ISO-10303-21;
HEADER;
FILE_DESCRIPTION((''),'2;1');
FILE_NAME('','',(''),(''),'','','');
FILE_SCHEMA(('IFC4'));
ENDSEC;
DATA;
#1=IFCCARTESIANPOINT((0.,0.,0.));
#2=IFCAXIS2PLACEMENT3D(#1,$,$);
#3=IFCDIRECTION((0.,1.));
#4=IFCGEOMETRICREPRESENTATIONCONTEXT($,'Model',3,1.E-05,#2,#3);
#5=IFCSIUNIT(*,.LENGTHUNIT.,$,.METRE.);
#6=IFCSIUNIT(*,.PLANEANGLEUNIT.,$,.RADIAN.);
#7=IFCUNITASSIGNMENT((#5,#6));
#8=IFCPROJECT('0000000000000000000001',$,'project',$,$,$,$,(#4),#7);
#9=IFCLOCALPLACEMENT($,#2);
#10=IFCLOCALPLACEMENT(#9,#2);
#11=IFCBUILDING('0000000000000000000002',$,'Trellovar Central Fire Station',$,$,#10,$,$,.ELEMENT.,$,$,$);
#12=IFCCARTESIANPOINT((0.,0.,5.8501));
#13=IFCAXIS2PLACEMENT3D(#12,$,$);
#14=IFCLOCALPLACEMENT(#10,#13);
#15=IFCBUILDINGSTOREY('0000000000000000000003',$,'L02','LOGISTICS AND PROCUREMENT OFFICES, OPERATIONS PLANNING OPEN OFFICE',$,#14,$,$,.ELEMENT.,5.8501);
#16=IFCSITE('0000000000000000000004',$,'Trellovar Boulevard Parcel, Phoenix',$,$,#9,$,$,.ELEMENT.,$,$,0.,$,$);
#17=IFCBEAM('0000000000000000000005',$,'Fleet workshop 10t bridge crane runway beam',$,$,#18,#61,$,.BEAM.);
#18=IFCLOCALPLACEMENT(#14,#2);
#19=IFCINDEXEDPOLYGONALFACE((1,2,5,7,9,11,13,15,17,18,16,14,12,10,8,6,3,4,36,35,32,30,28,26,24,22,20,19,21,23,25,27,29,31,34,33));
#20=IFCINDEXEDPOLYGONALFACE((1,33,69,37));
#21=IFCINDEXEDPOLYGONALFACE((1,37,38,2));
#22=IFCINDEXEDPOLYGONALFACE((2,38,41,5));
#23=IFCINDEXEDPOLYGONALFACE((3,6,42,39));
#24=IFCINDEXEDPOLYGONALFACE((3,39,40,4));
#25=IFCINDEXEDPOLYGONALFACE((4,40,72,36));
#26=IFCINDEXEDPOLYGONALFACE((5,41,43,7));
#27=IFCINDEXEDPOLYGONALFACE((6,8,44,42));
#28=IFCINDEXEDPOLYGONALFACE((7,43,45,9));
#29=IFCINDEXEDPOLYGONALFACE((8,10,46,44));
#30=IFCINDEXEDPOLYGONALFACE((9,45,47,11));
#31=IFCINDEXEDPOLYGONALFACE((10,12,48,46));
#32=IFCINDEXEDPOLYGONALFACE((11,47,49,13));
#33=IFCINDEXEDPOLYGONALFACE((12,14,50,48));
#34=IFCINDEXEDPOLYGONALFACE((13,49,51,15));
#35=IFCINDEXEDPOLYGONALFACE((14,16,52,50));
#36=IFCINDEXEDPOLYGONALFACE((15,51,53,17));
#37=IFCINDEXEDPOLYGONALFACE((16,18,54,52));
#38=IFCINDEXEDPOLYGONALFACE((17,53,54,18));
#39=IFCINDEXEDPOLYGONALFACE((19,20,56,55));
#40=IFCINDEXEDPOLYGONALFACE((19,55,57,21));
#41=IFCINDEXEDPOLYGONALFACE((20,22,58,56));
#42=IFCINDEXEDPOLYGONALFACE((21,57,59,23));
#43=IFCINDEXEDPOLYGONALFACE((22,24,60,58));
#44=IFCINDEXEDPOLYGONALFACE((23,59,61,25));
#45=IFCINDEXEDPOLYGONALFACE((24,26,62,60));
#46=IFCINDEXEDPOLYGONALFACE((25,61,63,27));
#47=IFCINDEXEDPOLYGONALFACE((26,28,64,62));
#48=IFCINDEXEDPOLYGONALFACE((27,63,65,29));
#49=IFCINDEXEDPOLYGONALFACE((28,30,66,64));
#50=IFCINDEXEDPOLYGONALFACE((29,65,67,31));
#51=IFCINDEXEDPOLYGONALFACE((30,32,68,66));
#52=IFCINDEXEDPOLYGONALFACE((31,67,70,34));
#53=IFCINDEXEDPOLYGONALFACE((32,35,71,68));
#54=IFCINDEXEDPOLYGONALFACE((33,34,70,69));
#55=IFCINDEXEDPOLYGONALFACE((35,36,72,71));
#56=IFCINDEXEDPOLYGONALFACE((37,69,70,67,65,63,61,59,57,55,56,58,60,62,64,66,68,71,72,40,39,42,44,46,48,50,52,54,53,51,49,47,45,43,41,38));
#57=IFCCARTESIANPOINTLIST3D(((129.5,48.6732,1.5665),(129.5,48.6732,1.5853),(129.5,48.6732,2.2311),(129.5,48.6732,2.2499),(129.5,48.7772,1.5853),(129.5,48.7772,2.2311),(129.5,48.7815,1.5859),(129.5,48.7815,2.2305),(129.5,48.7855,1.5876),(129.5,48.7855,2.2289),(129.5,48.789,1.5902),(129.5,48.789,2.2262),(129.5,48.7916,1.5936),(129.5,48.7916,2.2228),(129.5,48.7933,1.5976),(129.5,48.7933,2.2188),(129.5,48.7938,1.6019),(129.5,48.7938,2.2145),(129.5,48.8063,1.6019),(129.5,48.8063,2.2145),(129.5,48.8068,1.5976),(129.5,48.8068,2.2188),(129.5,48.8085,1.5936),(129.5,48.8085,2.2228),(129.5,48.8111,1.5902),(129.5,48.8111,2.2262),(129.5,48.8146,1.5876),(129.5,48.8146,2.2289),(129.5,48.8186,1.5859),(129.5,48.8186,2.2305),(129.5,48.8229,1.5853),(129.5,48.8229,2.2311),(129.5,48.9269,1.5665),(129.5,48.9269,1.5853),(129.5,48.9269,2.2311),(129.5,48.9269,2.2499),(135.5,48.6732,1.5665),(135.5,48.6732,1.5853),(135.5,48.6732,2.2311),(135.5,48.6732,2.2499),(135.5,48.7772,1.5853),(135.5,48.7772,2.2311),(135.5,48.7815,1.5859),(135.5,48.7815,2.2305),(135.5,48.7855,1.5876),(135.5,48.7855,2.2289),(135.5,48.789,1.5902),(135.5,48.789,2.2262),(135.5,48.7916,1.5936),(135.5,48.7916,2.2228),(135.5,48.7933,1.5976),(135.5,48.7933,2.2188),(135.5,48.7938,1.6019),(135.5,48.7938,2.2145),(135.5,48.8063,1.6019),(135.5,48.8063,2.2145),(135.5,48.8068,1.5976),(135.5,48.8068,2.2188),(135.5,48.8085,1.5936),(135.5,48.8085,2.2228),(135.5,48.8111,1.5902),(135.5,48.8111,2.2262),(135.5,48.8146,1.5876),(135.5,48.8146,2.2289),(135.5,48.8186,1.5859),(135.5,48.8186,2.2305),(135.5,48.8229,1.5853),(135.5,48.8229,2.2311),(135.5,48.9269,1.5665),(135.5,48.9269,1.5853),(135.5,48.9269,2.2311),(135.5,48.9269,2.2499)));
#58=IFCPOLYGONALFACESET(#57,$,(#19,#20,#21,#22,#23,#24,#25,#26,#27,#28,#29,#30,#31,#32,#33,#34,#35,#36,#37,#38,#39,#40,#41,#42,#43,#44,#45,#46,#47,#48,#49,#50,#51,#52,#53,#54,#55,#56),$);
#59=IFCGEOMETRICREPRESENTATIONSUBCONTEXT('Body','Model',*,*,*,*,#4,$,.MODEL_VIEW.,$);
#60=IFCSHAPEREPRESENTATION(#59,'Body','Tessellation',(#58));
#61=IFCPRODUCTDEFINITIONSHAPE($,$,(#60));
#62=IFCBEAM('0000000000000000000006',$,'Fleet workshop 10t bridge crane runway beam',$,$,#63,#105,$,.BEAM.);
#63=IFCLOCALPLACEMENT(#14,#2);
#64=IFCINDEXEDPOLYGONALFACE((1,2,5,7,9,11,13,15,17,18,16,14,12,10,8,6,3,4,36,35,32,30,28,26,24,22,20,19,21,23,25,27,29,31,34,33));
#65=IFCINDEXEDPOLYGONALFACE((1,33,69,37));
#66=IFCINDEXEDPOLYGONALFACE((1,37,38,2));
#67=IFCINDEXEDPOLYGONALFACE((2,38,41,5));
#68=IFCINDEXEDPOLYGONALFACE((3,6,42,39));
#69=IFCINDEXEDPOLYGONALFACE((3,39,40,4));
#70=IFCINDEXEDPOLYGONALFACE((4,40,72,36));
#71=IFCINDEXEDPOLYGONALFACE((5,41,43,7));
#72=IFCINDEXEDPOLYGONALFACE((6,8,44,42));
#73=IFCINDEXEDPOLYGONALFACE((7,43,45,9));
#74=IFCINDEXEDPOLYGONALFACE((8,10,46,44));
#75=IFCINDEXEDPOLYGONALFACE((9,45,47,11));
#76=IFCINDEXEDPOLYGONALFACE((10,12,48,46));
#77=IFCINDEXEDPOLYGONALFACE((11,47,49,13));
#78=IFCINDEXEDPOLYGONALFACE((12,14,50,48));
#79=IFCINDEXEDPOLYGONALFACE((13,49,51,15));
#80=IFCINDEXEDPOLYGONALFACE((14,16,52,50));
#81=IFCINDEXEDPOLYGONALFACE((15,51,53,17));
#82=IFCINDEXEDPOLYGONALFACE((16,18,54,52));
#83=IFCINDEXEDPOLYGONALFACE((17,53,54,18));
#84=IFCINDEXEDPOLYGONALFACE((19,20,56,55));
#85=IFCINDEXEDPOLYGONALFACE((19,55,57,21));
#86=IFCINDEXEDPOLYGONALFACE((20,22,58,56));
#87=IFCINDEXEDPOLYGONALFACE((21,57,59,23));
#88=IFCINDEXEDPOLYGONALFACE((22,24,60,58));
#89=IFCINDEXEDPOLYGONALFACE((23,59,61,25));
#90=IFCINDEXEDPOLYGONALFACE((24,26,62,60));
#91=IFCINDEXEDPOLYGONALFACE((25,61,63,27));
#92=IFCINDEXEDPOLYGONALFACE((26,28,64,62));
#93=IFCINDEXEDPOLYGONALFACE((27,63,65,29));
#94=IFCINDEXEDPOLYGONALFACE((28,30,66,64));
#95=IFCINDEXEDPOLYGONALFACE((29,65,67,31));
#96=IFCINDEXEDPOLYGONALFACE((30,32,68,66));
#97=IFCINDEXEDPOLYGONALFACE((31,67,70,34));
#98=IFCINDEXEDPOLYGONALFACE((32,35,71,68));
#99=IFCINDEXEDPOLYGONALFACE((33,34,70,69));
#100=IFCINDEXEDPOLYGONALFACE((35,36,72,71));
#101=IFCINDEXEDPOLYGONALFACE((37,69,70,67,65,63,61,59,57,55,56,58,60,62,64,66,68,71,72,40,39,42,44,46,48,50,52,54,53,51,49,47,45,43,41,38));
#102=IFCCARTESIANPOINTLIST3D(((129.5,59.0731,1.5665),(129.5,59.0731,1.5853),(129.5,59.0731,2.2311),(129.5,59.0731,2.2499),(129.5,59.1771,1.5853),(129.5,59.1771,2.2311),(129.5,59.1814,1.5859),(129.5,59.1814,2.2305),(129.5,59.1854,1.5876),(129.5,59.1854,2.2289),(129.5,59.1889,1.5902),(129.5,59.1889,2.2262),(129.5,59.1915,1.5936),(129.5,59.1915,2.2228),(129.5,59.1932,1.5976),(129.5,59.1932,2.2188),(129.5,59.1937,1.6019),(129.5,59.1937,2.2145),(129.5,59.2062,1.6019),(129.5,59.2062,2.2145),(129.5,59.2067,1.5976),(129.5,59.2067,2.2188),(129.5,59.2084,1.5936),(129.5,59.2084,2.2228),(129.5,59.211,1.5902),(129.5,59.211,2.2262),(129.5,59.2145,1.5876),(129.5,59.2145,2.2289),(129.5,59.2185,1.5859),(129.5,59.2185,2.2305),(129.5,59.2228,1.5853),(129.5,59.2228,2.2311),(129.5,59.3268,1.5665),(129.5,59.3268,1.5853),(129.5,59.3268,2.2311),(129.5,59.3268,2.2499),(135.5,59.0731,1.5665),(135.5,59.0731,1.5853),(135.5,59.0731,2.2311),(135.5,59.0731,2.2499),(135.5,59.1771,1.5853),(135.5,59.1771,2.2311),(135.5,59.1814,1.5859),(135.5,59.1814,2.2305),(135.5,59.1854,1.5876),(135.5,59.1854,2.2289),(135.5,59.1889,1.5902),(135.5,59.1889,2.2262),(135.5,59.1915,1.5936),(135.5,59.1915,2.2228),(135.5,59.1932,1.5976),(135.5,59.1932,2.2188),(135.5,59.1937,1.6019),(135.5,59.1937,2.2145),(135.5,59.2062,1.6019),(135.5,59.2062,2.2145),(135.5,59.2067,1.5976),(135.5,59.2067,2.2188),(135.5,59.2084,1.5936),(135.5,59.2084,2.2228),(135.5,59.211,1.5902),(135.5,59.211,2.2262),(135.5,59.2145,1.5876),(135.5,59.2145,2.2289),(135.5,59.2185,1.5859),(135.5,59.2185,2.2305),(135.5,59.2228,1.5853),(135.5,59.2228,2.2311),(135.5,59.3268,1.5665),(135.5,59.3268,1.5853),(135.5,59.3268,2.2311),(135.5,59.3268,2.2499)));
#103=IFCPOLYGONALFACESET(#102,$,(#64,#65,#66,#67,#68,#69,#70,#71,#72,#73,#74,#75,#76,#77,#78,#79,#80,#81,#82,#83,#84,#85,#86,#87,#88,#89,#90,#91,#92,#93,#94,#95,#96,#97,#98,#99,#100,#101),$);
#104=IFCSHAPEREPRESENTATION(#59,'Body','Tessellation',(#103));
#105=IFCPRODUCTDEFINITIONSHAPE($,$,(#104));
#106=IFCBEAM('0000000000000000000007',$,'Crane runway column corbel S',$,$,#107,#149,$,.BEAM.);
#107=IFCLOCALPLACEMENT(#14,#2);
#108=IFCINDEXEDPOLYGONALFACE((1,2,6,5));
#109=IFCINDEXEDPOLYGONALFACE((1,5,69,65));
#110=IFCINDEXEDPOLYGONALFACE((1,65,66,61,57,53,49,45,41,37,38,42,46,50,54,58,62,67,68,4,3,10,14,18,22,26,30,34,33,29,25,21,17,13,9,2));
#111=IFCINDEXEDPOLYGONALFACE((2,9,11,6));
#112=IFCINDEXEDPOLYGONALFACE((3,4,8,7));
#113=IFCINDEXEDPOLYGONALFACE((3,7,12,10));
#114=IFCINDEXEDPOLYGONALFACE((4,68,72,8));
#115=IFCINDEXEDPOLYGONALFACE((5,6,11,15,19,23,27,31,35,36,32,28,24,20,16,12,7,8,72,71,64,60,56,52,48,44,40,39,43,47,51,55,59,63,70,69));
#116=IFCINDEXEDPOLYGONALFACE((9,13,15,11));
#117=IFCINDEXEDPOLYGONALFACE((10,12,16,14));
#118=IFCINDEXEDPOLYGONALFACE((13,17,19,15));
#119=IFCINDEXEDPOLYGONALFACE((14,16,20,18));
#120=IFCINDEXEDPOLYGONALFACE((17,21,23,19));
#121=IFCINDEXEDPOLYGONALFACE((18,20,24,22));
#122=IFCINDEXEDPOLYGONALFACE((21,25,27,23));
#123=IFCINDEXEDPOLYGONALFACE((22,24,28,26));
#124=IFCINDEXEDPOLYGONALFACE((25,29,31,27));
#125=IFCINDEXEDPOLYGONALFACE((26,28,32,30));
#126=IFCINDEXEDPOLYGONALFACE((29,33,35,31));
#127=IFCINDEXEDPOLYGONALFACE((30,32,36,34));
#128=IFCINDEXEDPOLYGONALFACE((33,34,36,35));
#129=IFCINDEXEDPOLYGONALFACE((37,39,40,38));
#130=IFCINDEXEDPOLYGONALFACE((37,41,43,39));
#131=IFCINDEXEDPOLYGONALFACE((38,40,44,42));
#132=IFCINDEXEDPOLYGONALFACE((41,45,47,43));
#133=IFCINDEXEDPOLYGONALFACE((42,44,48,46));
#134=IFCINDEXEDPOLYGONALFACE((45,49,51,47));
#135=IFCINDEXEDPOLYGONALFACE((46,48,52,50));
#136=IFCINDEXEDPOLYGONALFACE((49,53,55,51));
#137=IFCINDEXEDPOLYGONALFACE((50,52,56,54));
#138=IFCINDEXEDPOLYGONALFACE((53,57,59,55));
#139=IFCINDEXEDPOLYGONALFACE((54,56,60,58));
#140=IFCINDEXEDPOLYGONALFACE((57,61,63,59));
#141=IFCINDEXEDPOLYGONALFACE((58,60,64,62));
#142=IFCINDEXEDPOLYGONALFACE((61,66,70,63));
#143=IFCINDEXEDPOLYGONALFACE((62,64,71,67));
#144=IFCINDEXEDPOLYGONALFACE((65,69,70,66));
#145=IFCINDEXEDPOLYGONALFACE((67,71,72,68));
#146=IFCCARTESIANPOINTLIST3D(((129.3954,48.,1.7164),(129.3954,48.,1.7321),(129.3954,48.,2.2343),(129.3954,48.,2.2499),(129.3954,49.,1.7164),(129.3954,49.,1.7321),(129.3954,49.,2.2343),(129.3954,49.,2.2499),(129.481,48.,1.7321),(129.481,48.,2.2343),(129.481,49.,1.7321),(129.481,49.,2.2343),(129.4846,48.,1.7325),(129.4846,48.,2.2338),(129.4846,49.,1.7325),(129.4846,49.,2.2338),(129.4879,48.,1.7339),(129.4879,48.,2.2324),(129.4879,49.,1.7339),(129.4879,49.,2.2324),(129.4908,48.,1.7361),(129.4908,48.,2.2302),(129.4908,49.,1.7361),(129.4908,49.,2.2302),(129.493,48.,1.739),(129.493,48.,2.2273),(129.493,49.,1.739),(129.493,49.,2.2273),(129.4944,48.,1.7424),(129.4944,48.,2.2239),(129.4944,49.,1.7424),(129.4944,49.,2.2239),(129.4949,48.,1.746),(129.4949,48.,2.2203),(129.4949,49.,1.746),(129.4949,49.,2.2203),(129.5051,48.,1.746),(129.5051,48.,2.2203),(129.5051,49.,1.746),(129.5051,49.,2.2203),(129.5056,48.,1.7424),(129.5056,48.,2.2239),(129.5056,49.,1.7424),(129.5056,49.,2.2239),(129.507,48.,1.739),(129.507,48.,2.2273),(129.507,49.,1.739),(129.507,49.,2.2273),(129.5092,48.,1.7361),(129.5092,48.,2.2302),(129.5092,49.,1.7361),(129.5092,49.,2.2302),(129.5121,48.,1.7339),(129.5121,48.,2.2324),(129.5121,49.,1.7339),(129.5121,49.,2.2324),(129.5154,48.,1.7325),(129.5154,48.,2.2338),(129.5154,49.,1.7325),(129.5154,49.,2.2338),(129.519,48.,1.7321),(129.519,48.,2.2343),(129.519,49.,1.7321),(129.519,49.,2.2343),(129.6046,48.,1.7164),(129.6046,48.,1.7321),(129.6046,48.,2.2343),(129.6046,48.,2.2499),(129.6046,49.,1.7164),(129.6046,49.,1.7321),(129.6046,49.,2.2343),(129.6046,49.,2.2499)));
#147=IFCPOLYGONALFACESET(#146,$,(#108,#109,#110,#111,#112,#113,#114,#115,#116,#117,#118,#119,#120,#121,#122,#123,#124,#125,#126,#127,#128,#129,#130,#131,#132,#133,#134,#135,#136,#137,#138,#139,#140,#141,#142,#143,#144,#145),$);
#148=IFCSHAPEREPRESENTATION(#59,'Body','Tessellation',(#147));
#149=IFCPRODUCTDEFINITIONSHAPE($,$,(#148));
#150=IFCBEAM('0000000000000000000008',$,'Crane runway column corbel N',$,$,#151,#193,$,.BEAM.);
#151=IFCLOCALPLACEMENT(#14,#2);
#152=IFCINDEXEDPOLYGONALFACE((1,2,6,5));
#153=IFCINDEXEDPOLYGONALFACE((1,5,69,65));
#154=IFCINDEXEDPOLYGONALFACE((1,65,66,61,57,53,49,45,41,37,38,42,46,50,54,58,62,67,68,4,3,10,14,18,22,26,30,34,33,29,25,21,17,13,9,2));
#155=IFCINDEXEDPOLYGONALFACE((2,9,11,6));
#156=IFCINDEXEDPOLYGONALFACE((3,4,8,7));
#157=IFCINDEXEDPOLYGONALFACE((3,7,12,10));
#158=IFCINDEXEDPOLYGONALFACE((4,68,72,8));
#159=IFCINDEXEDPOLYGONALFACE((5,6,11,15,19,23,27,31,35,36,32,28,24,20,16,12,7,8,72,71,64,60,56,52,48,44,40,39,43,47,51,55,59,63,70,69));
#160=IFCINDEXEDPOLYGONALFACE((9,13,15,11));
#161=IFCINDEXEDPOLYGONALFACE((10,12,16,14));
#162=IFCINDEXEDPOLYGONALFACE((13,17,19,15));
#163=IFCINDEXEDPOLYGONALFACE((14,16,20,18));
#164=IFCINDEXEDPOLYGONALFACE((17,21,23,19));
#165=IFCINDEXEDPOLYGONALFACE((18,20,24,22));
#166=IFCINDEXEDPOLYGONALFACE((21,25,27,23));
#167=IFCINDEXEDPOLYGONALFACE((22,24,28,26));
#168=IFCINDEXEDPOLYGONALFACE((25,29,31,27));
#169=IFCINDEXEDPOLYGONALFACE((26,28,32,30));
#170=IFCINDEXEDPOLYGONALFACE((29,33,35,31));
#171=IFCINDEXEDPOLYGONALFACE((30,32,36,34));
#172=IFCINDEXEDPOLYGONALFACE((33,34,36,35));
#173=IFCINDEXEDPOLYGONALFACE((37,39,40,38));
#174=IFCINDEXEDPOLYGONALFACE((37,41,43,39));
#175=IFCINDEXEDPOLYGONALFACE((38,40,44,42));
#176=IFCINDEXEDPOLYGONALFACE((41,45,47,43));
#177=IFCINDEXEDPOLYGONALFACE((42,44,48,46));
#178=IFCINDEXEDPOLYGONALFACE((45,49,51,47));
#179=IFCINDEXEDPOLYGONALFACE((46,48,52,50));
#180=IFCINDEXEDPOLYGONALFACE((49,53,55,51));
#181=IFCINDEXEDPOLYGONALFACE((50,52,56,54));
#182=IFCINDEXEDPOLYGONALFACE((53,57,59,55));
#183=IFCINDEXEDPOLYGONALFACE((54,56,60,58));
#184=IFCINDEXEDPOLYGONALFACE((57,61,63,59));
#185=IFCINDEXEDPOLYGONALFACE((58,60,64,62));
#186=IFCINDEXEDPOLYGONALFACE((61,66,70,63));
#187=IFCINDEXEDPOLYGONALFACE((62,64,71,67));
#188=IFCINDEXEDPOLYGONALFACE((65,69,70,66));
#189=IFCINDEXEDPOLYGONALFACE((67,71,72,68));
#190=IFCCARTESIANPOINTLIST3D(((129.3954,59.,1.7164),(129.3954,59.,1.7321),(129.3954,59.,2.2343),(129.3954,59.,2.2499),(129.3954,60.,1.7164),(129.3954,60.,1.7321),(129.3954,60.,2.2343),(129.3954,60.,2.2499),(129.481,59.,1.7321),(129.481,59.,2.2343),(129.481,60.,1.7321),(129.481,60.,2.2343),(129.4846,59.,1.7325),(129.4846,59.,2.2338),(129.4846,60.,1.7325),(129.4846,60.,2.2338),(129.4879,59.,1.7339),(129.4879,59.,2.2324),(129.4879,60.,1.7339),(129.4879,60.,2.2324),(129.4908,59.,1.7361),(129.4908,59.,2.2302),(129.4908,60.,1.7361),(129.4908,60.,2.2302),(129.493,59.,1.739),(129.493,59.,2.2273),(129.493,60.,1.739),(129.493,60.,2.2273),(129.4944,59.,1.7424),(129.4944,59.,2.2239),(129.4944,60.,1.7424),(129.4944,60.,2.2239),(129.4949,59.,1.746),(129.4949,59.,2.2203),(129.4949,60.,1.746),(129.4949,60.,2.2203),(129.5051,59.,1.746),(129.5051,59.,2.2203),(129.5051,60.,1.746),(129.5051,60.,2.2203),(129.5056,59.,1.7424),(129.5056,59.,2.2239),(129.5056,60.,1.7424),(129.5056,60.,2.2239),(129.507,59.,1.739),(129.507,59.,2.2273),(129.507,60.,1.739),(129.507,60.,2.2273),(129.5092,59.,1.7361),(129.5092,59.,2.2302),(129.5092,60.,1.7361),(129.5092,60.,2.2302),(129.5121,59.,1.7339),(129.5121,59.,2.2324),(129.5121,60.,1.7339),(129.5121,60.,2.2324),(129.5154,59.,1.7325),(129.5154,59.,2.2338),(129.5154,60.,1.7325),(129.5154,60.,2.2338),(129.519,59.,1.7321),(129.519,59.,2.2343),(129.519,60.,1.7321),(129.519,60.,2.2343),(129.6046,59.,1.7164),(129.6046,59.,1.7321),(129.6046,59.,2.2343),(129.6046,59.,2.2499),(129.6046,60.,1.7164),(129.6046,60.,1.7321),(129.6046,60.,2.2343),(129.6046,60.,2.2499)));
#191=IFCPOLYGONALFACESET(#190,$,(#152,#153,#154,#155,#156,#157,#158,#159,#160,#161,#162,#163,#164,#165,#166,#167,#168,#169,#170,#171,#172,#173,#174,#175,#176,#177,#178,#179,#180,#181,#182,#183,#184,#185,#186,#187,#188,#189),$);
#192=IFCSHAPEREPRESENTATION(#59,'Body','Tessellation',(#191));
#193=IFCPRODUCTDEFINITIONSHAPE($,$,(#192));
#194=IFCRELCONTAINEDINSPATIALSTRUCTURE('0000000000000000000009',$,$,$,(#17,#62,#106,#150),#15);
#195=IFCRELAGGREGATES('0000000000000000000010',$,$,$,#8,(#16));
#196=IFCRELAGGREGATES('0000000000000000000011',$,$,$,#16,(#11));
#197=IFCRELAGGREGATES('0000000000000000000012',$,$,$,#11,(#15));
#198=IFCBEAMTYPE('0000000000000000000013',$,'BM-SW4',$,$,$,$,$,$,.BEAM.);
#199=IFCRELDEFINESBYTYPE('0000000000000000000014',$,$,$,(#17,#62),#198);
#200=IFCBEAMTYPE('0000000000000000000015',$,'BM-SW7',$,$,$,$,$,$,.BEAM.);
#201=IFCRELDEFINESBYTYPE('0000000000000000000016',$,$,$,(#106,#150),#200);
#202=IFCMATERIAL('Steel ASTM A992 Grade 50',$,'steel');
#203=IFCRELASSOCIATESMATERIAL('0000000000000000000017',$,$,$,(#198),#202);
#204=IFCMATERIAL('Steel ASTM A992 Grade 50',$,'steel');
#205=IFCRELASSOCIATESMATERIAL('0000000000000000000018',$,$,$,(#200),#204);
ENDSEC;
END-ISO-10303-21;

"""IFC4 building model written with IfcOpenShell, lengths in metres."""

from ifc_helpers import new_model, si_unit, direction, frame, origin, origin_2d, place, context, subcontext, project, spatial, i_section, extrude, material, material_profile, profile_set, type_object, element, save


model = new_model("IFC4")

# Units and contexts
model_context = context("Model", 3, precision=1e-05, world=origin(), true_north=direction((0.0, 1.0)))
body_context = subcontext(model_context, "Body", "Model", "MODEL_VIEW")
ifc_project = project(units=[si_unit("LENGTHUNIT", "METRE"), si_unit("PLANEANGLEUNIT", "RADIAN")], contexts=[model_context])

# Site, building, storey
site_placement = place(None, origin())
site = spatial("IfcSite", under=ifc_project, at=site_placement, Name="Trellovar Boulevard Parcel, Phoenix", CompositionType="ELEMENT", RefElevation=0.0)
building_placement = place(site_placement, origin())
building = spatial("IfcBuilding", under=site, at=building_placement, Name="Trellovar Central Fire Station", CompositionType="ELEMENT")
storey_placement = place(building_placement, frame((0.0, 0.0, 5.8501)))
storey = spatial("IfcBuildingStorey", under=building, at=storey_placement, Name="L02", Description="LOGISTICS AND PROCUREMENT OFFICES, OPERATIONS PLANNING OPEN OFFICE", CompositionType="ELEMENT", Elevation=5.8501)

# Beams
ifc_material_1 = material(Name="Steel ASTM A992 Grade 50", Category="steel")
ifc_material_profile_1 = material_profile(ifc_material_1, i_section(OverallWidth=0.2537, OverallDepth=0.6833, WebThickness=0.0125, FlangeThickness=0.0188, FilletRadius=0.0166, at=origin_2d()), Name="W27X94")
ifc_profile_set_1 = profile_set([ifc_material_profile_1], Name="Steel ASTM A992 Grade 50")
beam_type_1 = type_object("IfcBeamType", Name="BM-SW4", PredefinedType="BEAM", material=ifc_profile_set_1)
for number, where, z_axis, x_axis, name in (
    (1, (129.5, 48.8, 1.9082), (1.0, 0.0, 0.0), (0.0, 1.0, 0.0), "Fleet workshop 10t bridge crane runway beam"),
    (2, (129.5, 59.2, 1.9082), (1.0, 0.0, 0.0), (0.0, 1.0, 0.0), "Fleet workshop 10t bridge crane runway beam"),
):
    element("IfcBeam", number, at=place(storey_placement, frame(where, z_axis=z_axis, x_axis=x_axis)), inside=storey, type_object=beam_type_1, Name=name, PredefinedType="BEAM", context=body_context, shape_type="SweptSolid", body=[
        extrude(i_section(OverallWidth=0.2537, OverallDepth=0.6833, WebThickness=0.0125, FlangeThickness=0.0188, FilletRadius=0.0166, at=origin_2d()), origin(), (0.0, 0.0, 1.0), 6.0),
    ])
ifc_material_2 = material(Name="Steel ASTM A992 Grade 50", Category="steel")
ifc_material_profile_2 = material_profile(ifc_material_2, i_section(OverallWidth=0.2092, OverallDepth=0.5334, WebThickness=0.0103, FlangeThickness=0.0156, FilletRadius=0.0139, at=origin_2d()), Name="W21X62")
ifc_profile_set_2 = profile_set([ifc_material_profile_2], Name="Steel ASTM A992 Grade 50")
beam_type_2 = type_object("IfcBeamType", Name="BM-SW7", PredefinedType="BEAM", material=ifc_profile_set_2)
for number, where, z_axis, x_axis, name in (
    (3, (129.5, 48.0, 1.9832), (0.0, 1.0, 0.0), (-1.0, 0.0, 0.0), "Crane runway column corbel S"),
    (4, (129.5, 59.0, 1.9832), (0.0, 1.0, 0.0), (-1.0, 0.0, 0.0), "Crane runway column corbel N"),
):
    element("IfcBeam", number, at=place(storey_placement, frame(where, z_axis=z_axis, x_axis=x_axis)), inside=storey, type_object=beam_type_2, Name=name, PredefinedType="BEAM", context=body_context, shape_type="SweptSolid", body=[
        extrude(i_section(OverallWidth=0.2092, OverallDepth=0.5334, WebThickness=0.0103, FlangeThickness=0.0156, FilletRadius=0.0139, at=origin_2d()), origin(), (0.0, 0.0, 1.0), 1.0),
    ])

save(model, "model.ifc")
